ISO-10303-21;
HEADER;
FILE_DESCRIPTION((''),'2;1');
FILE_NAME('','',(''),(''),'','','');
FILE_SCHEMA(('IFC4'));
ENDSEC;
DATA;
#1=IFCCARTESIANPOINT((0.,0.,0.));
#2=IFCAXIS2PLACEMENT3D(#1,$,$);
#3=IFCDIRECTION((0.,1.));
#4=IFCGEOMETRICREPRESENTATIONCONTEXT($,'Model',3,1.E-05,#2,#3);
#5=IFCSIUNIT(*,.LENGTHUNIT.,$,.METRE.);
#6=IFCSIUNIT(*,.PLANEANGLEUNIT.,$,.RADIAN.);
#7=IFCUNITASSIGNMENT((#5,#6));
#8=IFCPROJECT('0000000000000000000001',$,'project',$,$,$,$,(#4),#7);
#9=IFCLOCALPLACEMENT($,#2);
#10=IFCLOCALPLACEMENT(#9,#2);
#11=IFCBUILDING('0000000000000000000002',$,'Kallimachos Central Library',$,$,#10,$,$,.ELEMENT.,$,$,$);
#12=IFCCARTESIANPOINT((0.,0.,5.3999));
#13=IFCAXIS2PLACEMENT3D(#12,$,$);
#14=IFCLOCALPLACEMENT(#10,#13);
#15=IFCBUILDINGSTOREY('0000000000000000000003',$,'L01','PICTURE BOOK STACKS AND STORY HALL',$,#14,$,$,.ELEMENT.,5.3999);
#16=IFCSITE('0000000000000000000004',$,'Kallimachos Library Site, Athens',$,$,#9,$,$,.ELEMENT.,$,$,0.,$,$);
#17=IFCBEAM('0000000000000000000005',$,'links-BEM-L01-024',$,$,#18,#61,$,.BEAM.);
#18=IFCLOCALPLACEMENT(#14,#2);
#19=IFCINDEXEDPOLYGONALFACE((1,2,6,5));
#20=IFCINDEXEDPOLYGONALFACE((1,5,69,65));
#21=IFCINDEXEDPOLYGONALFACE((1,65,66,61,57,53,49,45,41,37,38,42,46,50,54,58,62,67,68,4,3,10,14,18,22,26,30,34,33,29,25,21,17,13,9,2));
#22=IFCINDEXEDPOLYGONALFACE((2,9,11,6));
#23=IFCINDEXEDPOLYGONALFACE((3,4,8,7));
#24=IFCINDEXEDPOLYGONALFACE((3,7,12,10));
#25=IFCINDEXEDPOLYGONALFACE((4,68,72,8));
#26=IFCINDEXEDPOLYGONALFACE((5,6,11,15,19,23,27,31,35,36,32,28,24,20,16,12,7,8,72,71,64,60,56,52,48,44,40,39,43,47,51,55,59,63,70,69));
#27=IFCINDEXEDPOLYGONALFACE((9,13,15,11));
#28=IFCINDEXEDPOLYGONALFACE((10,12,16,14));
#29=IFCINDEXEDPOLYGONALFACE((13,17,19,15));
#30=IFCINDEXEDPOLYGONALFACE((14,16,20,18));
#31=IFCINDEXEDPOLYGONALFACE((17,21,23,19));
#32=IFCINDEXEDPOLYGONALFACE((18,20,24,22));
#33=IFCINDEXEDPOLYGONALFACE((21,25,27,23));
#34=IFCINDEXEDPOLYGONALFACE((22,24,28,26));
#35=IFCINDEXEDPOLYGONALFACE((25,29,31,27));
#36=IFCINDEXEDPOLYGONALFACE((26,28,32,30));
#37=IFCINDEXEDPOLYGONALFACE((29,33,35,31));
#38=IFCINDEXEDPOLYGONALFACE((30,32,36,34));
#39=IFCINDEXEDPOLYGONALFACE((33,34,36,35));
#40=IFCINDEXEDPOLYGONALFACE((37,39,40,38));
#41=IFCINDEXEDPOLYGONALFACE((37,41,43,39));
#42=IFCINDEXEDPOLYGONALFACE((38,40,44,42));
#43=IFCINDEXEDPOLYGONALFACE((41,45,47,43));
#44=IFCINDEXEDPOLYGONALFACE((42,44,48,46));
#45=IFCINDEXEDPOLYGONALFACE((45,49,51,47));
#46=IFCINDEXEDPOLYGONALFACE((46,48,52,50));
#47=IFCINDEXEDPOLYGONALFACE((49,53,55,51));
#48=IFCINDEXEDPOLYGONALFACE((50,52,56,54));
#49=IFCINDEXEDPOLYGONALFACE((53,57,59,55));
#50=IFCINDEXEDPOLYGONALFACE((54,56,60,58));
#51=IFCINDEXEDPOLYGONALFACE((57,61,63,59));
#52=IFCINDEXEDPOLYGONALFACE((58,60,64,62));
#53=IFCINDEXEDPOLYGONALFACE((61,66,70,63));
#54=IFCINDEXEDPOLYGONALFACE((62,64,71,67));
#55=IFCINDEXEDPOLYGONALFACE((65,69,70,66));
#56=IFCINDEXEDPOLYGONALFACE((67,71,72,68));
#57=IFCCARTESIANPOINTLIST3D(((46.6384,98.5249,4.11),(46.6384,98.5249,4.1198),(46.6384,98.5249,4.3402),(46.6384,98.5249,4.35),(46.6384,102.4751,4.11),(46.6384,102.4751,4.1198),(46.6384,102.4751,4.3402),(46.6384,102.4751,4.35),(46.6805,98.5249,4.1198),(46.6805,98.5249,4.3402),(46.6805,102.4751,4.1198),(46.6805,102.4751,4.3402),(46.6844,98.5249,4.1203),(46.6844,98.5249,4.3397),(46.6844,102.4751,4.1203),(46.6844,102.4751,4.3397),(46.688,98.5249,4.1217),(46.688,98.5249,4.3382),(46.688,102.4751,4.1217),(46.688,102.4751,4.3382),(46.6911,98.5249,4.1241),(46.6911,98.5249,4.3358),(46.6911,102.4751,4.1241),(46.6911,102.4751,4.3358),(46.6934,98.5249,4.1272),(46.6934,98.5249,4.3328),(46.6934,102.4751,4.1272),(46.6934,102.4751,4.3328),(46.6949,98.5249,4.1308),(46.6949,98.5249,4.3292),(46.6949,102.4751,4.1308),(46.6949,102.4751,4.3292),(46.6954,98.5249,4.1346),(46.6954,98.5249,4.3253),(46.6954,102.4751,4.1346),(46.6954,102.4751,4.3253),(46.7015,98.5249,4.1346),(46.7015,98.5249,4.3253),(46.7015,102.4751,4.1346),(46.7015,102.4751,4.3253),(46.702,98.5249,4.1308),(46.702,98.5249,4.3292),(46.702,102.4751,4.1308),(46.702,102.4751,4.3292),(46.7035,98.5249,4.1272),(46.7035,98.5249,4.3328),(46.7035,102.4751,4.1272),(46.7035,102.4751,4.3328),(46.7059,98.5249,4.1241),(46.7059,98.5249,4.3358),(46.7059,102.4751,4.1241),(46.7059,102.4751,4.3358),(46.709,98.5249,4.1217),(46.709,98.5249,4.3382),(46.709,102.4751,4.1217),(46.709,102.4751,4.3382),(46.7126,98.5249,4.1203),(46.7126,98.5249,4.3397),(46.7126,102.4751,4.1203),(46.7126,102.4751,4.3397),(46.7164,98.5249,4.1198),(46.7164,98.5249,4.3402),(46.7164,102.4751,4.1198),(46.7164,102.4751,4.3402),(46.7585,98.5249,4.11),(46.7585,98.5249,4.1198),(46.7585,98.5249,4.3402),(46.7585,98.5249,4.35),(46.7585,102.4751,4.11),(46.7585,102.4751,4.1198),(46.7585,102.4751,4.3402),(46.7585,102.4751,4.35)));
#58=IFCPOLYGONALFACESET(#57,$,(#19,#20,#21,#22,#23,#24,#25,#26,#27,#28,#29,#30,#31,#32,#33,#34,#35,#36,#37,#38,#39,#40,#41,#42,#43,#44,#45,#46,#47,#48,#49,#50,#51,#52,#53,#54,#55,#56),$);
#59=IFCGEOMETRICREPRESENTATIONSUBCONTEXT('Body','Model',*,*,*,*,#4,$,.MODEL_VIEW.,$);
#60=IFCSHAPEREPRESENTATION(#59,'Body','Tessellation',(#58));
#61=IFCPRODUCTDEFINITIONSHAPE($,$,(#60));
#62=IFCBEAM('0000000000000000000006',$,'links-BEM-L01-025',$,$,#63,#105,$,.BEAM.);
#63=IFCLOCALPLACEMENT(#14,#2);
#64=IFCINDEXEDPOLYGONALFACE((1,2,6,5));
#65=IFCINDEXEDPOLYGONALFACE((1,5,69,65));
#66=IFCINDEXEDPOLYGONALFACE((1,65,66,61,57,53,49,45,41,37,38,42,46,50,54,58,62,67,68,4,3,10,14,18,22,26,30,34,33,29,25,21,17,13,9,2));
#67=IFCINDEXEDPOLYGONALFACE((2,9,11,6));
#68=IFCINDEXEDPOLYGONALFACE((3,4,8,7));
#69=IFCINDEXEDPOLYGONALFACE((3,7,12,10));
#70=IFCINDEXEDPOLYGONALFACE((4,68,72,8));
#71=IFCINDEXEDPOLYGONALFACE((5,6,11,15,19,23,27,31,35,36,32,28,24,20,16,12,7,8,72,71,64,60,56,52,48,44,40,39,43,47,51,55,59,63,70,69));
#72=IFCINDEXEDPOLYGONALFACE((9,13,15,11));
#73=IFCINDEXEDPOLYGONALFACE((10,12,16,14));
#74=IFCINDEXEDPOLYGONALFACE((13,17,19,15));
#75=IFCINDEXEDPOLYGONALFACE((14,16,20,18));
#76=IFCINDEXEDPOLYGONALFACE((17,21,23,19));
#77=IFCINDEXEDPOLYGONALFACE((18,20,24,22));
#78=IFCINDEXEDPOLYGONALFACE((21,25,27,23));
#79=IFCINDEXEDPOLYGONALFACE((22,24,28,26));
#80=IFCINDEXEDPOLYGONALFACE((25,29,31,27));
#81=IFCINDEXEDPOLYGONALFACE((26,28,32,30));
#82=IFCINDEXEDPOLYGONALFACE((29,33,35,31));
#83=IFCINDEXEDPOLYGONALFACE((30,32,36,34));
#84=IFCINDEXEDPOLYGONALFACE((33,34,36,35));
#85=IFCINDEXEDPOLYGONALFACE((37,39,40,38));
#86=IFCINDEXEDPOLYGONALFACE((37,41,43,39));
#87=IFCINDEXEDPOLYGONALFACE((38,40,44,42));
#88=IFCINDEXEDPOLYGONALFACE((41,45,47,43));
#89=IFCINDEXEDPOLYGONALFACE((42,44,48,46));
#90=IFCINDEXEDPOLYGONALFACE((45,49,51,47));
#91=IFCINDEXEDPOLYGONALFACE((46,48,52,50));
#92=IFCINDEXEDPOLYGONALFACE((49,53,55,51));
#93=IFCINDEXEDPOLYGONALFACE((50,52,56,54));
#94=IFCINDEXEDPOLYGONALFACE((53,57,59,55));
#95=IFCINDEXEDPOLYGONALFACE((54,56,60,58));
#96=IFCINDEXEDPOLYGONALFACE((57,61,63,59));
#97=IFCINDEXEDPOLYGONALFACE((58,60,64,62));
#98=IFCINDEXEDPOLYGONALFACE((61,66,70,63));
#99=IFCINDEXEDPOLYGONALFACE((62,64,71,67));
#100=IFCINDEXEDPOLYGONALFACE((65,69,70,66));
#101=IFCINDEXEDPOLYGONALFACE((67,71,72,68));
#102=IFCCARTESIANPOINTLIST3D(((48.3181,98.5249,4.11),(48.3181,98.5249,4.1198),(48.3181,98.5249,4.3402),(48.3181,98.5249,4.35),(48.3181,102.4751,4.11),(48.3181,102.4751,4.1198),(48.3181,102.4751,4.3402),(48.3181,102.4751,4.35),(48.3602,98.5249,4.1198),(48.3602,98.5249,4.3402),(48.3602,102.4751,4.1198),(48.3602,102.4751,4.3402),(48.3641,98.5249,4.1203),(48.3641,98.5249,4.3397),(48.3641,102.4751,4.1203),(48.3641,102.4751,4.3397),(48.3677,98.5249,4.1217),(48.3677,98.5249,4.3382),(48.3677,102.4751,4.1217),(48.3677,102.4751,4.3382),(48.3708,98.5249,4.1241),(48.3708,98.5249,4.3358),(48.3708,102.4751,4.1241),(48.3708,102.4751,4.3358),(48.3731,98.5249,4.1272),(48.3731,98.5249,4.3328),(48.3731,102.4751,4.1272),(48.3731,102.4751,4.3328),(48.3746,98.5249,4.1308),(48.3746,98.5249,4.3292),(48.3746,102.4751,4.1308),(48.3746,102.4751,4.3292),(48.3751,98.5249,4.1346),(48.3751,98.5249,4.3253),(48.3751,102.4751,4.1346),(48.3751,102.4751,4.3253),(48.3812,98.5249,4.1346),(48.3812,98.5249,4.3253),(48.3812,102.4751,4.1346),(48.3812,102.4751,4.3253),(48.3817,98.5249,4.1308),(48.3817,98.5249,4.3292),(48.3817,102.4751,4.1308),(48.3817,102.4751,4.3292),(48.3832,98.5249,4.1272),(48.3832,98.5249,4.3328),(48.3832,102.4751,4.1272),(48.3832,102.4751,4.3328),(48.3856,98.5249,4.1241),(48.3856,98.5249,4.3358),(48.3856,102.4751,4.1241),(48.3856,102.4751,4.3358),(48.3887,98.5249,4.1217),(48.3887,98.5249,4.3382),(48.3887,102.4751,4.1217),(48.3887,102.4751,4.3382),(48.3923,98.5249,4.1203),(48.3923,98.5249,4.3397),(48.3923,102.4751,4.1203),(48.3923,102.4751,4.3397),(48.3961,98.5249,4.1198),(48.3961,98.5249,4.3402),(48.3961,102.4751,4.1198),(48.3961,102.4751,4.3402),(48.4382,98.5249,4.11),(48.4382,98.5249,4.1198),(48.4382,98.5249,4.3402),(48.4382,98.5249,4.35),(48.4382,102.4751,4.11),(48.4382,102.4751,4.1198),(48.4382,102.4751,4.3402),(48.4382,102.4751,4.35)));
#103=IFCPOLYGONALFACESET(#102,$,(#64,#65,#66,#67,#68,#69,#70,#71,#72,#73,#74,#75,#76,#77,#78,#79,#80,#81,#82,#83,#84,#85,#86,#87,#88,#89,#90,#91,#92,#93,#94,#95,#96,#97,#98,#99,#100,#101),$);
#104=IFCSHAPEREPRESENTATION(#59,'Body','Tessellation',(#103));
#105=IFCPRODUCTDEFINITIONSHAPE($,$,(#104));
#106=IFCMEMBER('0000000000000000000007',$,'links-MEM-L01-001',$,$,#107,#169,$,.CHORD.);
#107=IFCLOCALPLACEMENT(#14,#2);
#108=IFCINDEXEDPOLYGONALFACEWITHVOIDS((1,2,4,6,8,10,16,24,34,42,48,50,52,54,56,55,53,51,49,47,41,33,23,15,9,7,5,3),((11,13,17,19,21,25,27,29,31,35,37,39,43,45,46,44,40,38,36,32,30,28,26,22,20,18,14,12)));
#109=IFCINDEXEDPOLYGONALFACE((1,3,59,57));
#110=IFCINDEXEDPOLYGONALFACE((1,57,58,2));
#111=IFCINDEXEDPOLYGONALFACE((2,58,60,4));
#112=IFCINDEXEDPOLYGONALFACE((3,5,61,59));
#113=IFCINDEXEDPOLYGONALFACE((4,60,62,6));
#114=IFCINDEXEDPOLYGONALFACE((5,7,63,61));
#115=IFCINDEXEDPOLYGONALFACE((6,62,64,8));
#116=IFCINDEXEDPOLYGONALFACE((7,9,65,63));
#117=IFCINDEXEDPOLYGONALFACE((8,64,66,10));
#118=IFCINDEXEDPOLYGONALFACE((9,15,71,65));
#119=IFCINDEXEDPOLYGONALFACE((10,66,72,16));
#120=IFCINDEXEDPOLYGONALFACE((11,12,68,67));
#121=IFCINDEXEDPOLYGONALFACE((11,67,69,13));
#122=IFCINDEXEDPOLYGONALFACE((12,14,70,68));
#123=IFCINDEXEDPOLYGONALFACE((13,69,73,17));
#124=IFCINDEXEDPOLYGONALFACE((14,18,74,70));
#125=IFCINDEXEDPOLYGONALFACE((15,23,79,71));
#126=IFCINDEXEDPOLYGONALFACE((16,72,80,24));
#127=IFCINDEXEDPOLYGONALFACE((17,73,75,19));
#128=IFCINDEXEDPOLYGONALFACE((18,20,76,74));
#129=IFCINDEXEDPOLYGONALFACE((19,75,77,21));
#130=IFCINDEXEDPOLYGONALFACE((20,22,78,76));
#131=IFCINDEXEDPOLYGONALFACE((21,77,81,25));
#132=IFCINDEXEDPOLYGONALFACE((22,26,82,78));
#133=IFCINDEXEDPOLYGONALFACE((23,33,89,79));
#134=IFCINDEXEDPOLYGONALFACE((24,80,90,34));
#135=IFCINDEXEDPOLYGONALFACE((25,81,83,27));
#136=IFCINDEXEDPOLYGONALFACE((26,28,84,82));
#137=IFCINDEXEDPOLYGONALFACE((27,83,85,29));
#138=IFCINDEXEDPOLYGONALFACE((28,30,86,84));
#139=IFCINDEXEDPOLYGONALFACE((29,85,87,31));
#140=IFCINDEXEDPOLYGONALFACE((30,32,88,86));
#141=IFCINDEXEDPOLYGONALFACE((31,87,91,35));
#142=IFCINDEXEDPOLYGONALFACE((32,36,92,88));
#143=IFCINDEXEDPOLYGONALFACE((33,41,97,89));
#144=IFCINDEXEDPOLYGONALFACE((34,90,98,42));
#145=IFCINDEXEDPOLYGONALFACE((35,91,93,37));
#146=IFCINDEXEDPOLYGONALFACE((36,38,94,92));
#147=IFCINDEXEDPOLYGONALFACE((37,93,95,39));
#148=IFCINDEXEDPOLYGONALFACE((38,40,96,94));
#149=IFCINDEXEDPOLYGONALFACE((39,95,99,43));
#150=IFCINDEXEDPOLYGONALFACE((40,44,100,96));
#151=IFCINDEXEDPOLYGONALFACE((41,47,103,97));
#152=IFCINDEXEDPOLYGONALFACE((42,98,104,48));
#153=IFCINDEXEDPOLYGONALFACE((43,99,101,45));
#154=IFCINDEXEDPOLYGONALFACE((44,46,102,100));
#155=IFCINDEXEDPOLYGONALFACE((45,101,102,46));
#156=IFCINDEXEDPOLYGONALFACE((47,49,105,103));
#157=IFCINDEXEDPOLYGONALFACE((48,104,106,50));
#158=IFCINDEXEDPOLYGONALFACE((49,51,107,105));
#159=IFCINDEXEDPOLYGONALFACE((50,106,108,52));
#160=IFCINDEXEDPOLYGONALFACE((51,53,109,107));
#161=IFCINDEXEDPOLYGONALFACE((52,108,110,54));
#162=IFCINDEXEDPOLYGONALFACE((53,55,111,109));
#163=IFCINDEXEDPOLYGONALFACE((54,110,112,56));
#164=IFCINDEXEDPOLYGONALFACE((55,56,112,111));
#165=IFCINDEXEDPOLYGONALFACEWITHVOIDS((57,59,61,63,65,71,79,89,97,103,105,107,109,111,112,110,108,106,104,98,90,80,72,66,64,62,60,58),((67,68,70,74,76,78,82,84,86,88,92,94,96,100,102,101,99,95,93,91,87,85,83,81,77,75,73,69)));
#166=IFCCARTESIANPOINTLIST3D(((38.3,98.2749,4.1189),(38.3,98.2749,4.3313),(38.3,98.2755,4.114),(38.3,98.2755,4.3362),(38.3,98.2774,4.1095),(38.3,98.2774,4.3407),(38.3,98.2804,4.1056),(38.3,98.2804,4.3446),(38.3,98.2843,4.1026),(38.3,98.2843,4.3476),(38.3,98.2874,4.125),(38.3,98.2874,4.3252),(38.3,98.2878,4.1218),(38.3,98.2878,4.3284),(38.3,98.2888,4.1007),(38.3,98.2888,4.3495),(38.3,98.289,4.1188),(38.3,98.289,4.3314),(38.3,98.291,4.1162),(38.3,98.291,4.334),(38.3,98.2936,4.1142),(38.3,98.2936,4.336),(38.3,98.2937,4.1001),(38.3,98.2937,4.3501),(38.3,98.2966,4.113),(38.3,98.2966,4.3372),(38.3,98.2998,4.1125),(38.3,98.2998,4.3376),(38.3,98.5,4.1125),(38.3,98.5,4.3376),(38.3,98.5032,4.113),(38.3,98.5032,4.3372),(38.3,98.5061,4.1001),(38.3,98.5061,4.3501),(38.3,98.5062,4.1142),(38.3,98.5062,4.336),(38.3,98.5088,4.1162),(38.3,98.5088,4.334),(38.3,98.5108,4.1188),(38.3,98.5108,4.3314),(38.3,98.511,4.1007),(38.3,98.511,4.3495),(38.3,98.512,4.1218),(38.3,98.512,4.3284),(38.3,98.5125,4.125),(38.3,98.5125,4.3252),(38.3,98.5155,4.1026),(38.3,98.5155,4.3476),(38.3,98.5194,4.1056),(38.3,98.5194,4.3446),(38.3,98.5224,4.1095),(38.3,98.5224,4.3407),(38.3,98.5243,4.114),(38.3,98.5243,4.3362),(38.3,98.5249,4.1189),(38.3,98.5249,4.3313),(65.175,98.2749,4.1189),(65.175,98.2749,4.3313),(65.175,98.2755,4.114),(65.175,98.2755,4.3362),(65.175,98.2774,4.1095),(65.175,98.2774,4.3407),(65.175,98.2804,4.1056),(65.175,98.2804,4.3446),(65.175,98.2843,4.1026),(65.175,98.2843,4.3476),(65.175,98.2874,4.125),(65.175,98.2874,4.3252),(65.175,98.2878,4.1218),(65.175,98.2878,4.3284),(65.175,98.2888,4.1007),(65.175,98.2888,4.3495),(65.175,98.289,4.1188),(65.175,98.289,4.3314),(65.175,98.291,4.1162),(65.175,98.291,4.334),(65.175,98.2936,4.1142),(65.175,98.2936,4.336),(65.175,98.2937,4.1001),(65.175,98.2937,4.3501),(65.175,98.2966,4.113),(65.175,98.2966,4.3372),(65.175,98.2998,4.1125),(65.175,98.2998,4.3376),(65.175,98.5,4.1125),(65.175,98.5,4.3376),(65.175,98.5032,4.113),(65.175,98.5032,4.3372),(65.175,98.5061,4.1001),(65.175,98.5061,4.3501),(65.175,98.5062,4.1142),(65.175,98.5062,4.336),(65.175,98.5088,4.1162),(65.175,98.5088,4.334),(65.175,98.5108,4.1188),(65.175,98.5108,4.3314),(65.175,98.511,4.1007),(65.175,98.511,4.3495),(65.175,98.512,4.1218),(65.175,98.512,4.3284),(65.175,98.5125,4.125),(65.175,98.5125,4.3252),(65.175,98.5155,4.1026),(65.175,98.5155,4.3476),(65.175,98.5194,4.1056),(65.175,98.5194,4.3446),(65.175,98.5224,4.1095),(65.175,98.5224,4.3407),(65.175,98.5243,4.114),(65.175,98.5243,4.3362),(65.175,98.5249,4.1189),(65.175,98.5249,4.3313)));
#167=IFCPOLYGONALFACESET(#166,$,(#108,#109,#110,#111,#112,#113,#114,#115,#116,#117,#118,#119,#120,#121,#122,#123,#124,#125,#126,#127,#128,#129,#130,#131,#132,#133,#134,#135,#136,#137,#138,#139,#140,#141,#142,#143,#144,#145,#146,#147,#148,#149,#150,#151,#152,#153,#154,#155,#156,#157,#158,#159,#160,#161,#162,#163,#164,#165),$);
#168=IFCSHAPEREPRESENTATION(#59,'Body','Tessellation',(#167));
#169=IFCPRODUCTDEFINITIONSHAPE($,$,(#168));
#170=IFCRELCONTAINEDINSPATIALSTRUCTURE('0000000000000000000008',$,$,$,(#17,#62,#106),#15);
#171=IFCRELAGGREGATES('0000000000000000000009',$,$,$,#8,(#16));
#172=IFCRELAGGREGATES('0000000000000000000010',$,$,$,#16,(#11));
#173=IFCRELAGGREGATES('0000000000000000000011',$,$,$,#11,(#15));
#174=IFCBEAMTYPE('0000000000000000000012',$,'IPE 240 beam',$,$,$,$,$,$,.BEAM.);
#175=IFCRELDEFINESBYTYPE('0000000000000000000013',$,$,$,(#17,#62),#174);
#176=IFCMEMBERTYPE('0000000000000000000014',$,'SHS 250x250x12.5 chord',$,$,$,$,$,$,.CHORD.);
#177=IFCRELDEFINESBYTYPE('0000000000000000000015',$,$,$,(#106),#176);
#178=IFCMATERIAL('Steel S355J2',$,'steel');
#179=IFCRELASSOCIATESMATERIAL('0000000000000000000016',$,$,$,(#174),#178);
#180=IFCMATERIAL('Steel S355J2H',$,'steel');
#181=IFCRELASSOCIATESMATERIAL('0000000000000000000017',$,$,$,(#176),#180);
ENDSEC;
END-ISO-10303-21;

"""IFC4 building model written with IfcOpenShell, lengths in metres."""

from ifc_helpers import new_model, si_unit, direction, frame, origin, origin_2d, place, context, subcontext, project, spatial, hollow_rectangle, i_section, extrude, material, material_profile, profile_set, type_object, element, save


model = new_model("IFC4")

# Units and contexts
model_context = context("Model", 3, precision=1e-05, world=origin(), true_north=direction((0.0, 1.0)))
body_context = subcontext(model_context, "Body", "Model", "MODEL_VIEW")
ifc_project = project(units=[si_unit("LENGTHUNIT", "METRE"), si_unit("PLANEANGLEUNIT", "RADIAN")], contexts=[model_context])

# Site, building, storey
site_placement = place(None, origin())
site = spatial("IfcSite", under=ifc_project, at=site_placement, Name="Kallimachos Library Site, Athens", CompositionType="ELEMENT", RefElevation=0.0)
building_placement = place(site_placement, origin())
building = spatial("IfcBuilding", under=site, at=building_placement, Name="Kallimachos Central Library", CompositionType="ELEMENT")
storey_placement = place(building_placement, frame((0.0, 0.0, 5.3999)))
storey = spatial("IfcBuildingStorey", under=building, at=storey_placement, Name="L01", Description="PICTURE BOOK STACKS AND STORY HALL", CompositionType="ELEMENT", Elevation=5.3999)

# Beams
ifc_material_1 = material(Name="Steel S355J2", Category="steel")
ifc_material_profile_1 = material_profile(ifc_material_1, i_section(OverallWidth=0.1201, OverallDepth=0.24, WebThickness=0.0061, FlangeThickness=0.0098, FilletRadius=0.0149, at=origin_2d()), Name="IPE 240")
ifc_profile_set_1 = profile_set([ifc_material_profile_1], Name="Steel S355J2")
beam_type_1 = type_object("IfcBeamType", Name="IPE 240 beam", PredefinedType="BEAM", material=ifc_profile_set_1)
for number, where, z_axis, x_axis, name in (
    (1, (46.6985, 98.5249, 4.23), (0.0, 1.0, 0.0), (-1.0, 0.0, 0.0), "links-BEM-L01-024"),
    (2, (48.3782, 98.5249, 4.23), (0.0, 1.0, 0.0), (-1.0, 0.0, 0.0), "links-BEM-L01-025"),
):
    element("IfcBeam", number, at=place(storey_placement, frame(where, z_axis=z_axis, x_axis=x_axis)), inside=storey, type_object=beam_type_1, Name=name, PredefinedType="BEAM", context=body_context, shape_type="SweptSolid", body=[
        extrude(i_section(OverallWidth=0.1201, OverallDepth=0.24, WebThickness=0.0061, FlangeThickness=0.0098, FilletRadius=0.0149, at=origin_2d()), origin(), (0.0, 0.0, 1.0), 3.9502),
    ])

# Member
ifc_material_2 = material(Name="Steel S355J2H", Category="steel")
ifc_material_profile_2 = material_profile(ifc_material_2, hollow_rectangle(XDim=0.25, YDim=0.25, WallThickness=0.0125, InnerFilletRadius=0.0125, OuterFilletRadius=0.0188, at=origin_2d()), Name="SHS 250x250x12.5")
ifc_profile_set_2 = profile_set([ifc_material_profile_2], Name="Steel S355J2H")
member_type = type_object("IfcMemberType", Name="SHS 250x250x12.5 chord", PredefinedType="CHORD", material=ifc_profile_set_2)
for number, where, z_axis, x_axis, name in (
    (3, (38.3, 98.3999, 4.2251), (1.0, 0.0, 0.0), (0.0, 1.0, 0.0), "links-MEM-L01-001"),
):
    element("IfcMember", number, at=place(storey_placement, frame(where, z_axis=z_axis, x_axis=x_axis)), inside=storey, type_object=member_type, Name=name, PredefinedType="CHORD", context=body_context, shape_type="SweptSolid", body=[
        extrude(hollow_rectangle(XDim=0.25, YDim=0.25, WallThickness=0.0125, InnerFilletRadius=0.0125, OuterFilletRadius=0.0188, at=origin_2d()), origin(), (0.0, 0.0, 1.0), 26.875),
    ])

save(model, "model.ifc")
